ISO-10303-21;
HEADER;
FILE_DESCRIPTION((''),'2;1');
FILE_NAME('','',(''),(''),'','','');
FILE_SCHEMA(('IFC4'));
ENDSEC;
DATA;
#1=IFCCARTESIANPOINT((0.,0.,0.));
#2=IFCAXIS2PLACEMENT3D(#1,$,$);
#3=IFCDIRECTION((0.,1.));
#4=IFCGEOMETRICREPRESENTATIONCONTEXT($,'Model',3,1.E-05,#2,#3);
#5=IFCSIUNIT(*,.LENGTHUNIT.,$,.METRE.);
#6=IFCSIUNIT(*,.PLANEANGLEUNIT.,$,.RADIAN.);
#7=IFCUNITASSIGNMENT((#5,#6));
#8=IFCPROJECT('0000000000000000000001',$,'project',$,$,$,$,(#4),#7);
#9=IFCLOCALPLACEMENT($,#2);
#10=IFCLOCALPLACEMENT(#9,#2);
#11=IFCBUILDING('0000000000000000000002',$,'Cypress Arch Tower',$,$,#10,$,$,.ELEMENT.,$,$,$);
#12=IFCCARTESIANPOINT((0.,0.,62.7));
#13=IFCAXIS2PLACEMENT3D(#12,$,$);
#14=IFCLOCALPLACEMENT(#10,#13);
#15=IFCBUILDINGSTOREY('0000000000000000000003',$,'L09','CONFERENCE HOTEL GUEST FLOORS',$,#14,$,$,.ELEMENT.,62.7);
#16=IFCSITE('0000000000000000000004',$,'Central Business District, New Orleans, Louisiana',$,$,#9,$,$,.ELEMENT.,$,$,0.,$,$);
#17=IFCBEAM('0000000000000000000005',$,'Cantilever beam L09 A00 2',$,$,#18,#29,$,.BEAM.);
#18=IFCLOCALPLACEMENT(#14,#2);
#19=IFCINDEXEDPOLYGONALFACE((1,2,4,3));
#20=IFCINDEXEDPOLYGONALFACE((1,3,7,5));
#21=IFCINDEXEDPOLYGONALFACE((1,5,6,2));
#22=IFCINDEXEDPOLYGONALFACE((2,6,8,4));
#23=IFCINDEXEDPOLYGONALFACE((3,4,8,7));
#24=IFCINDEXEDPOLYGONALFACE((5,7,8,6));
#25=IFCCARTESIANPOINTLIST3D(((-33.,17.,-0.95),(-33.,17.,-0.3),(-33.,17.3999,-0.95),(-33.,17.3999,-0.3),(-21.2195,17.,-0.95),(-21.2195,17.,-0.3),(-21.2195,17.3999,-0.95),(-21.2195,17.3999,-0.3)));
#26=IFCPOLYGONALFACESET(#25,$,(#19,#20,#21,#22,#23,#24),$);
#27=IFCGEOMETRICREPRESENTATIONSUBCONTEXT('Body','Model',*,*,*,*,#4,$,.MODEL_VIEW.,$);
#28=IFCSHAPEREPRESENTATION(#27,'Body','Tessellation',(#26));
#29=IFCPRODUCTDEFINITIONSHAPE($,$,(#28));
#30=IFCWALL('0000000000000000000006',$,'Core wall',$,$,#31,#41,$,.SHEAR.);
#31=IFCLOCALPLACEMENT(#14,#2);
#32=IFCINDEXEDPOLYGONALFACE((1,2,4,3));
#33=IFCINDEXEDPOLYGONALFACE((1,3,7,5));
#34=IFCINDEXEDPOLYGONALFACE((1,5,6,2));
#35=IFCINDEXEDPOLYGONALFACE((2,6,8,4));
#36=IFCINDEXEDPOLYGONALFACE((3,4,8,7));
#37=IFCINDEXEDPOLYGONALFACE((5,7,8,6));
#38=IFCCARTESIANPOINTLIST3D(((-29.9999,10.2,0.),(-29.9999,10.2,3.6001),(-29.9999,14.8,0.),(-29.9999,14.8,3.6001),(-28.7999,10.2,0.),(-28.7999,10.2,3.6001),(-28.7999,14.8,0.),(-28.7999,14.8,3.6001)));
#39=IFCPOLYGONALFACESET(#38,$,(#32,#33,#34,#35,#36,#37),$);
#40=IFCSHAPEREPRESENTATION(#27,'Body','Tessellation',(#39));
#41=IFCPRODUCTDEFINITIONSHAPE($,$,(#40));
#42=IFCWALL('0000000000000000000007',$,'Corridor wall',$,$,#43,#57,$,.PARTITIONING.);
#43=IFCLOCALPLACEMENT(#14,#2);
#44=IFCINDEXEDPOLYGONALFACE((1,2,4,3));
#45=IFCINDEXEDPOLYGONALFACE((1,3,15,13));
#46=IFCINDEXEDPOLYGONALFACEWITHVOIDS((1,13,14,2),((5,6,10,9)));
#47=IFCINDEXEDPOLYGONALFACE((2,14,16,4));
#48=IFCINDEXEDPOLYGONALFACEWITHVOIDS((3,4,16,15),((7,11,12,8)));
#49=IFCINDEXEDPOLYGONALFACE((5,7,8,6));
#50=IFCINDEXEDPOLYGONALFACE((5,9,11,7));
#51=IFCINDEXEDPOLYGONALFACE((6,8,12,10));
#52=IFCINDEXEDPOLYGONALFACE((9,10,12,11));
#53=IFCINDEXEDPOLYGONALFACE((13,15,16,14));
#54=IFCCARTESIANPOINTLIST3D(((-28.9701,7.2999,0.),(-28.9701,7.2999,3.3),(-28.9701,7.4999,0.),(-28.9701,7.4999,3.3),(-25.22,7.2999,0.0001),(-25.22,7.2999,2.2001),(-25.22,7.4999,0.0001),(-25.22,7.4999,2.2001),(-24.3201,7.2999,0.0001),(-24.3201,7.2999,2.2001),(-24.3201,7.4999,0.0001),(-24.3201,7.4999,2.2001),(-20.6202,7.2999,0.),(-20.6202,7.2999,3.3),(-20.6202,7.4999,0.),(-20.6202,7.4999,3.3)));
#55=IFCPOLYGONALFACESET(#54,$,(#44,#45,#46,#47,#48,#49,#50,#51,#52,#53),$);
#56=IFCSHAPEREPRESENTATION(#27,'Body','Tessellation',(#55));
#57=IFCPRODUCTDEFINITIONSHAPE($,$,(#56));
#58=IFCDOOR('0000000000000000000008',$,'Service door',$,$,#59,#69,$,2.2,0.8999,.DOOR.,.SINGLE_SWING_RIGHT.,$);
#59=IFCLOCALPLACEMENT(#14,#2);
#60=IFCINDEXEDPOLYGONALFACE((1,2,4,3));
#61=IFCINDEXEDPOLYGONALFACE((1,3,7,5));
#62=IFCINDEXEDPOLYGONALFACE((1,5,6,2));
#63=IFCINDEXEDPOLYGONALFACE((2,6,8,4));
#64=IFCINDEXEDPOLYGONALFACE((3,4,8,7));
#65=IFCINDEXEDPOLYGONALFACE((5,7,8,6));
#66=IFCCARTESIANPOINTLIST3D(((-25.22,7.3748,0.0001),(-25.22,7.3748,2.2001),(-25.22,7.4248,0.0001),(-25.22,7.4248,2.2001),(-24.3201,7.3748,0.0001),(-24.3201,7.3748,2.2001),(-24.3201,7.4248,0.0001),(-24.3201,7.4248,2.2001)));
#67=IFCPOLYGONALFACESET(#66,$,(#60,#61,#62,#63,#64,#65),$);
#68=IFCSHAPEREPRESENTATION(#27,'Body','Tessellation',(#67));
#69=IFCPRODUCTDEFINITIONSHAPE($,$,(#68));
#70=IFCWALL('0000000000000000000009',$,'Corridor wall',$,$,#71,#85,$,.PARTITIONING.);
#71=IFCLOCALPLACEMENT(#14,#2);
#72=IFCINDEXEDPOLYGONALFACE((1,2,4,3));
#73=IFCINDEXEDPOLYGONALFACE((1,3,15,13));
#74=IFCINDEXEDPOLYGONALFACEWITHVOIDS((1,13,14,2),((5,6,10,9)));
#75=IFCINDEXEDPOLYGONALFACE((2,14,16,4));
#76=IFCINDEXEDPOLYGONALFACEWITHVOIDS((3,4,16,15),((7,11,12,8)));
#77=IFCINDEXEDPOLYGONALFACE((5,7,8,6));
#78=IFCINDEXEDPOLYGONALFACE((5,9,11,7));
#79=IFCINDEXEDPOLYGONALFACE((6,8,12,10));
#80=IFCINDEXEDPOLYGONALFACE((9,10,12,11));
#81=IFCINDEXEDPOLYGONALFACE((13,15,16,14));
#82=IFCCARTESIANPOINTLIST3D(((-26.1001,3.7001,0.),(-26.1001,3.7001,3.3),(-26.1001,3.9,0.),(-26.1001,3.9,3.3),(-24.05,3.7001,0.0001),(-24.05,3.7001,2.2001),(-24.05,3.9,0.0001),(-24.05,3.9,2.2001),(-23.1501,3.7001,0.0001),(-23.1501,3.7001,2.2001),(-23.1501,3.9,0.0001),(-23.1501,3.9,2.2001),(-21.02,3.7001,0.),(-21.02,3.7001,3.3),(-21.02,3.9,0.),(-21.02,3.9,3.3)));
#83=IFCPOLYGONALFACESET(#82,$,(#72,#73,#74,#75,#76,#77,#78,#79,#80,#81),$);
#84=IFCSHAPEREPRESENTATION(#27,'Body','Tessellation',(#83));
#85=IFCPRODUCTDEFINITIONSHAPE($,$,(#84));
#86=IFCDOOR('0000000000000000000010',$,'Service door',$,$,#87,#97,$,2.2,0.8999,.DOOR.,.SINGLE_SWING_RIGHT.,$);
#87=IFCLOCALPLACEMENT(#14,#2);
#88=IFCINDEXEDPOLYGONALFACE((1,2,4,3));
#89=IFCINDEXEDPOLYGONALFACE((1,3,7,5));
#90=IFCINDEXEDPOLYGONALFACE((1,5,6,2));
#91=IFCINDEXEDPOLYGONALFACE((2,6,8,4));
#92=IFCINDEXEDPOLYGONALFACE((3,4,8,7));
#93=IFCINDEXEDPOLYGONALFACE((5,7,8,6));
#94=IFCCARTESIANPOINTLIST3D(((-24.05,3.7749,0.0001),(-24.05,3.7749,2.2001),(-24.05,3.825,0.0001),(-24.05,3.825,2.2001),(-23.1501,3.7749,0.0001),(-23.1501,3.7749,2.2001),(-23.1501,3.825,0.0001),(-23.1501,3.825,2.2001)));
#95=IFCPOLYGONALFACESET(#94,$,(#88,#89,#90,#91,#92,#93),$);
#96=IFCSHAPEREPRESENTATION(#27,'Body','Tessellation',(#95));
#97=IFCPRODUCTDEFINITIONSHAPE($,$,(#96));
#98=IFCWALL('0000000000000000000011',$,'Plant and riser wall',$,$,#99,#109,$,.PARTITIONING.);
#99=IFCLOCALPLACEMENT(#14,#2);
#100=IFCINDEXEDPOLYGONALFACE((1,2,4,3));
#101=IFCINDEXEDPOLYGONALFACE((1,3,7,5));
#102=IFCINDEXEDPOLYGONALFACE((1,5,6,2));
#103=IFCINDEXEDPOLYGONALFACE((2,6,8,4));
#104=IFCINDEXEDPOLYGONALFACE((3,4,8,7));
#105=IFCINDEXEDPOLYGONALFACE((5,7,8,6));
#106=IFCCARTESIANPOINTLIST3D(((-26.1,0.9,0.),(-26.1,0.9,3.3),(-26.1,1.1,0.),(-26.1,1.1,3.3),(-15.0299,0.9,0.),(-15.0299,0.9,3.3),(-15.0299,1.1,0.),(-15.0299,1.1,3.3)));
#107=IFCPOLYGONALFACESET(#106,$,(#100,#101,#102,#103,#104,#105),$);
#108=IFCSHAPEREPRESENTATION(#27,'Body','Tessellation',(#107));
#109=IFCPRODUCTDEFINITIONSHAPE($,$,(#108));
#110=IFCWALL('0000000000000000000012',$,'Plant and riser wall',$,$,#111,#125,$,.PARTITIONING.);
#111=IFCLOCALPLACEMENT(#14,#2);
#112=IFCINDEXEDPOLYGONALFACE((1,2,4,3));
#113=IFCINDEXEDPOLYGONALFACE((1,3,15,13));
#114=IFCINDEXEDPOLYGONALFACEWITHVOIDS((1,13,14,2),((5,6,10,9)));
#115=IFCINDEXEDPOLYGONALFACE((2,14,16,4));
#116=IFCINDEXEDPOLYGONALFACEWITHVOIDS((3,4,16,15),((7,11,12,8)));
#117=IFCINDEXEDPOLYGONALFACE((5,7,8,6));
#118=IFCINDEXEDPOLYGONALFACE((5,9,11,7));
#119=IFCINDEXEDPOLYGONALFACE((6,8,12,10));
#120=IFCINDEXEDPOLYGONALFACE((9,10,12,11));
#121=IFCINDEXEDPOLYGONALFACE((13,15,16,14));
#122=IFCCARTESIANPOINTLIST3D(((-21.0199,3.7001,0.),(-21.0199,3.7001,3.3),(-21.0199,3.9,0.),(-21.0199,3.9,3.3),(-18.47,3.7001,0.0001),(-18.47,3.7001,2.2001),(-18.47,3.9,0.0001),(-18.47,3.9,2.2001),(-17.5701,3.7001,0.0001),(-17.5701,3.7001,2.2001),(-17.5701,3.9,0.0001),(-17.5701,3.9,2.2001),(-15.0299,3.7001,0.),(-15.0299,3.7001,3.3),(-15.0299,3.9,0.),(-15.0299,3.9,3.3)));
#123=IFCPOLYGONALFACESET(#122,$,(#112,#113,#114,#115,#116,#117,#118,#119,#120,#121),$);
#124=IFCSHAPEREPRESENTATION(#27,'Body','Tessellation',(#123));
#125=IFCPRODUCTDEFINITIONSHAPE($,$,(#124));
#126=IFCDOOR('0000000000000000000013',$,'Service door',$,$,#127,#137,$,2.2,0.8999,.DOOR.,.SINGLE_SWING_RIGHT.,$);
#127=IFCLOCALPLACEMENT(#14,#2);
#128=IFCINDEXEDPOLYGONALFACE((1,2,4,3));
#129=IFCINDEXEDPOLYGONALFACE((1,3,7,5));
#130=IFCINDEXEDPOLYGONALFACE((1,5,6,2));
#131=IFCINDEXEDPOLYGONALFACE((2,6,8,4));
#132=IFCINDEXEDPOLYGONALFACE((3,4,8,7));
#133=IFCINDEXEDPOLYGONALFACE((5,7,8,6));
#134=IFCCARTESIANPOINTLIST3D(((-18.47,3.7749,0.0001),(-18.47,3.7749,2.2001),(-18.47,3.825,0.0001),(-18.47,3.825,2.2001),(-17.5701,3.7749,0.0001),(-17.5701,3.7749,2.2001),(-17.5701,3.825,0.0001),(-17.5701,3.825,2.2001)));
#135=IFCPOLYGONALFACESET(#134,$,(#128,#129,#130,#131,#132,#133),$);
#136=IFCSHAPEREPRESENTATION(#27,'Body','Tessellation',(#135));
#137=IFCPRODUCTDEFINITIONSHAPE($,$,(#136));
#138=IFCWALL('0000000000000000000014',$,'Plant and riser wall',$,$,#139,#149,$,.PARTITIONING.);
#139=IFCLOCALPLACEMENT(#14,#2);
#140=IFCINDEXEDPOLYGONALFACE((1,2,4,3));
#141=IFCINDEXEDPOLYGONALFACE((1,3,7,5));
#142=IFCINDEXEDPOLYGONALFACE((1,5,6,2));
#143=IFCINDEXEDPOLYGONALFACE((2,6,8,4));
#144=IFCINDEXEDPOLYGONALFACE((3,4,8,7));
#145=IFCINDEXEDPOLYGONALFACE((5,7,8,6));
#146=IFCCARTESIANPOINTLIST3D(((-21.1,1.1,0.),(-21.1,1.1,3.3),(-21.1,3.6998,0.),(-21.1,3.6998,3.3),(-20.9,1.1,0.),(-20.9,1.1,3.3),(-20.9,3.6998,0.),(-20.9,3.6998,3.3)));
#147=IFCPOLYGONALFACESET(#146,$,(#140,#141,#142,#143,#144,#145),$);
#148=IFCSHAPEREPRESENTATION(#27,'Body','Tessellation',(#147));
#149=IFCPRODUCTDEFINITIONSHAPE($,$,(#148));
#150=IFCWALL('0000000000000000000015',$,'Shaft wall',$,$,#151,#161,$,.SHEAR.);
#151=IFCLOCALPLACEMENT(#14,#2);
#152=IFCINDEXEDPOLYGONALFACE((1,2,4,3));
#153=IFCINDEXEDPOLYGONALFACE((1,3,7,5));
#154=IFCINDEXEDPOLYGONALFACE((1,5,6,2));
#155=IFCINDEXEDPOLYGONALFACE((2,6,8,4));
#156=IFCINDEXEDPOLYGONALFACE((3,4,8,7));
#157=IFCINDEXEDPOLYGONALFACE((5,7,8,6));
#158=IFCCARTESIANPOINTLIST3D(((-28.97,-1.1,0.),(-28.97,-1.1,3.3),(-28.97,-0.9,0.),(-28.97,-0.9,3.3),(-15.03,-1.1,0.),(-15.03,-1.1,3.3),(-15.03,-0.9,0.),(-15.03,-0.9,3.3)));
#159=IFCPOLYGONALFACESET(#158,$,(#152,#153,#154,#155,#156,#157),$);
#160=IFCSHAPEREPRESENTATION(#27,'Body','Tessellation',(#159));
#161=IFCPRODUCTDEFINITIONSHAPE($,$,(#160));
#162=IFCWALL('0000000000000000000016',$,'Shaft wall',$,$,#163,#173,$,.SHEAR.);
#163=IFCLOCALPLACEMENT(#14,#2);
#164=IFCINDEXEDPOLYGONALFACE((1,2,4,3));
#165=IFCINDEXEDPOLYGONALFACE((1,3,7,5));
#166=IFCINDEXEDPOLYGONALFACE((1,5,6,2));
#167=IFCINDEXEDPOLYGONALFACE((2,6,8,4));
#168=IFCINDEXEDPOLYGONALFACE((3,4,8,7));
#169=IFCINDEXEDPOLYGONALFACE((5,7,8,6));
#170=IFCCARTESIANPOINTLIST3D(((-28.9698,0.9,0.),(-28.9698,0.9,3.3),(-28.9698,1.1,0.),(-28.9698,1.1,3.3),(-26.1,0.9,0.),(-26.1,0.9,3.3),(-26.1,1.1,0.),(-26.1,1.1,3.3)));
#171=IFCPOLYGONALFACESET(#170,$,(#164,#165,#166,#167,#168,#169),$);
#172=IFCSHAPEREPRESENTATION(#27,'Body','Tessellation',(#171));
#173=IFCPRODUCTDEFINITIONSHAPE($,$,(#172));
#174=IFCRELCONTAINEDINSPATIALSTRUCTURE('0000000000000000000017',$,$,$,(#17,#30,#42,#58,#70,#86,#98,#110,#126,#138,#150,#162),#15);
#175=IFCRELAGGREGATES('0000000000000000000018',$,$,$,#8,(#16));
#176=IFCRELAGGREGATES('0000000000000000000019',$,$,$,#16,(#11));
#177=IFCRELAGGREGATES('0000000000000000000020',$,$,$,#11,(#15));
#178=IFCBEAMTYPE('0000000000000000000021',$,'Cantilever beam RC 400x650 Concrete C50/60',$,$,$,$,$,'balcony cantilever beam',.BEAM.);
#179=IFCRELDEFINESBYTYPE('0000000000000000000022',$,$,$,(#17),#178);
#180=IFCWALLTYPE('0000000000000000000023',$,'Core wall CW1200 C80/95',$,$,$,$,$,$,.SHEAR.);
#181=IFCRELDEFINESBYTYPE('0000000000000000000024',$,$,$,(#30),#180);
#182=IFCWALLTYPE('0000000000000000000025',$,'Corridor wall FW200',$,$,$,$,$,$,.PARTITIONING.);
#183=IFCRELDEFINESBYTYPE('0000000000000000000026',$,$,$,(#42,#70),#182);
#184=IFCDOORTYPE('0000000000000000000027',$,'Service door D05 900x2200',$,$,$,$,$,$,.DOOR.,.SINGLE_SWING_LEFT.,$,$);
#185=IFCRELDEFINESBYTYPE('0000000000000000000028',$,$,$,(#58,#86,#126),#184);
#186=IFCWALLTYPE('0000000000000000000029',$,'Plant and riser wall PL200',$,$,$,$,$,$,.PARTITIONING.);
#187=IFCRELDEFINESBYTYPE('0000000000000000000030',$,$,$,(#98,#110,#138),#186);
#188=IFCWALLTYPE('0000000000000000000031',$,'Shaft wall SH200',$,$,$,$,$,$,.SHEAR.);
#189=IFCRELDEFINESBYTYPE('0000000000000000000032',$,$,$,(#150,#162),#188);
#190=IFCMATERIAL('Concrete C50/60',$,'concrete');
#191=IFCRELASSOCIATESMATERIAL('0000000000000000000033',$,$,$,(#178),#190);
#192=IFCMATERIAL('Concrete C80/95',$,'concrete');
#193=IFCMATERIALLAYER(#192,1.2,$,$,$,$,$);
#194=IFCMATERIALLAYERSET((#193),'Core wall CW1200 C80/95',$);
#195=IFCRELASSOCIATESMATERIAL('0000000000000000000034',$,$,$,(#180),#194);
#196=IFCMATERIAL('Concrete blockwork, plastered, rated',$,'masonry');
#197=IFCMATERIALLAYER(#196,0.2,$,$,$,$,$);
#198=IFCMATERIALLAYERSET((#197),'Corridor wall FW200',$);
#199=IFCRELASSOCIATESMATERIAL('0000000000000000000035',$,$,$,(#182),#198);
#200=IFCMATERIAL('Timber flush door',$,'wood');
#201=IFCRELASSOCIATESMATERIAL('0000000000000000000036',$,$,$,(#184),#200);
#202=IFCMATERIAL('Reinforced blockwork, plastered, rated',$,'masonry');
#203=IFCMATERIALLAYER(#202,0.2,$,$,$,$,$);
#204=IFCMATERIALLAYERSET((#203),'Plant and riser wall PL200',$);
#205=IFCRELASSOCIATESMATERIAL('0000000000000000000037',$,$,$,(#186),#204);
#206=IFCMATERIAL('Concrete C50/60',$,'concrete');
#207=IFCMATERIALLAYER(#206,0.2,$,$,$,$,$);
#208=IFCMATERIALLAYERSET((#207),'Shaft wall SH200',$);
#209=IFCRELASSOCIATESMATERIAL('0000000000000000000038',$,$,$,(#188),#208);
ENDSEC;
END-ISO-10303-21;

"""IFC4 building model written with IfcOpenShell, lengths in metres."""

from ifc_helpers import new_model, si_unit, direction, frame, frame_2d, origin, origin_2d, place, context, subcontext, project, spatial, rectangle, extrude, material, layer, layer_set, material_profile, profile_set, type_object, element, fill, save


model = new_model("IFC4")

# Units and contexts
model_context = context("Model", 3, precision=1e-05, world=origin(), true_north=direction((0.0, 1.0)))
body_context = subcontext(model_context, "Body", "Model", "MODEL_VIEW")
ifc_project = project(units=[si_unit("LENGTHUNIT", "METRE"), si_unit("PLANEANGLEUNIT", "RADIAN")], contexts=[model_context])

# Site, building, storey
site_placement = place(None, origin())
site = spatial("IfcSite", under=ifc_project, at=site_placement, Name="Central Business District, New Orleans, Louisiana", CompositionType="ELEMENT", RefElevation=0.0)
building_placement = place(site_placement, origin())
building = spatial("IfcBuilding", under=site, at=building_placement, Name="Cypress Arch Tower", CompositionType="ELEMENT")
storey_placement = place(building_placement, frame((0.0, 0.0, 62.7)))
storey = spatial("IfcBuildingStorey", under=building, at=storey_placement, Name="L09", Description="CONFERENCE HOTEL GUEST FLOORS", CompositionType="ELEMENT", Elevation=62.7)

# Beam
ifc_material_1 = material(Name="Concrete C50/60", Category="concrete")
ifc_material_profile = material_profile(ifc_material_1, rectangle(XDim=0.3999, YDim=0.6499, at=origin_2d()), Name="RC 400x650")
ifc_profile_set = profile_set([ifc_material_profile], Name="Concrete C50/60")
beam_type = type_object("IfcBeamType", Name="Cantilever beam RC 400x650 Concrete C50/60", ElementType="balcony cantilever beam", PredefinedType="BEAM", material=ifc_profile_set)
beam_placement = place(storey_placement, frame((-21.2195, 17.2, -0.625), z_axis=(-1.0, 0.0, 0.0), x_axis=(0.0, -1.0, 0.0)))
element("IfcBeam", 1, at=beam_placement, inside=storey, type_object=beam_type, Name="Cantilever beam L09 A00 2", PredefinedType="BEAM", context=body_context, shape_type="SweptSolid", body=[
    extrude(rectangle(XDim=0.3999, YDim=0.6499, at=origin_2d()), origin(), (0.0, 0.0, 1.0), 11.7805),
])

# Shared definitions
ifc_material_2 = material(Name="Concrete C80/95", Category="concrete")
ifc_layer_1 = layer(ifc_material_2, 1.2)
ifc_layer_set_1 = layer_set([ifc_layer_1], Name="Core wall CW1200 C80/95")
wall_type_1 = type_object("IfcWallType", Name="Core wall CW1200 C80/95", PredefinedType="SHEAR", material=ifc_layer_set_1)

# Wall
wall_1_placement = place(storey_placement, frame((-29.3999, 10.2, 0.0), z_axis=(0.0, 0.0, 1.0), x_axis=(0.0, 1.0, 0.0)))
element("IfcWall", 2, at=wall_1_placement, inside=storey, type_object=wall_type_1, Name="Core wall", PredefinedType="SHEAR", context=body_context, shape_type="SweptSolid", body=[
    extrude(rectangle(XDim=4.6001, YDim=1.2, at=frame_2d((2.3, 0.0))), origin(), (0.0, 0.0, 1.0), 3.6001),
])

# Walls, openings, doors
ifc_material_3 = material(Name="Concrete blockwork, plastered, rated", Category="masonry")
ifc_layer_2 = layer(ifc_material_3, 0.2)
ifc_layer_set_2 = layer_set([ifc_layer_2], Name="Corridor wall FW200")
wall_type_2 = type_object("IfcWallType", Name="Corridor wall FW200", PredefinedType="PARTITIONING", material=ifc_layer_set_2)
wall_2_placement = place(storey_placement, frame((-28.97, 7.3999, 0.0), z_axis=(0.0, 0.0, 1.0), x_axis=(1.0, 0.0, 0.0)))
wall_2 = element("IfcWall", 3, at=wall_2_placement, inside=storey, type_object=wall_type_2, Name="Corridor wall", PredefinedType="PARTITIONING", context=body_context, shape_type="SweptSolid", body=[
    extrude(rectangle(XDim=8.3499, YDim=0.2, at=frame_2d((4.1748, 0.0))), origin(), (0.0, 0.0, 1.0), 3.3),
])
opening_1_placement = place(wall_2_placement, frame((3.75, 0.0, 0.0)))
opening_1 = element("IfcOpeningElement", 4, at=opening_1_placement, cuts=wall_2, PredefinedType="OPENING", context=body_context, shape_type="SweptSolid", body=[
    extrude(rectangle(XDim=0.8999, YDim=2.2, at=frame_2d((0.45, 1.1001))), frame((0.0, 0.1099, 0.0), z_axis=(0.0, -1.0, 0.0), x_axis=(1.0, 0.0, 0.0)), (0.0, 0.0, 1.0), 0.22),
])
ifc_material_4 = material(Name="Timber flush door", Category="wood")
door_type_1 = type_object("IfcDoorType", Name="Service door D05 900x2200", OperationType="SINGLE_SWING_LEFT", PredefinedType="DOOR", material=ifc_material_4)
door_1_placement = place(opening_1_placement, origin())
door_1 = element("IfcDoor", 5, at=door_1_placement, inside=storey, type_object=door_type_1, Name="Service door", OperationType="SINGLE_SWING_RIGHT", OverallHeight=2.2, OverallWidth=0.8999, PredefinedType="DOOR", context=body_context, shape_type="SweptSolid", body=[
    extrude(rectangle(XDim=0.8999, YDim=2.2, at=frame_2d((0.45, 1.1001))), frame((0.0, 0.0249, 0.0), z_axis=(0.0, -1.0, 0.0), x_axis=(1.0, 0.0, 0.0)), (0.0, 0.0, 1.0), 0.05),
])
fill(opening_1, door_1)
wall_3_placement = place(storey_placement, frame((-26.1001, 3.8, 0.0), z_axis=(0.0, 0.0, 1.0), x_axis=(1.0, 0.0, 0.0)))
wall_3 = element("IfcWall", 6, at=wall_3_placement, inside=storey, type_object=wall_type_2, Name="Corridor wall", PredefinedType="PARTITIONING", context=body_context, shape_type="SweptSolid", body=[
    extrude(rectangle(XDim=5.0801, YDim=0.2, at=frame_2d((2.54, 0.0))), origin(), (0.0, 0.0, 1.0), 3.3),
])
opening_2_placement = place(wall_3_placement, frame((2.05, 0.0, 0.0)))
opening_2 = element("IfcOpeningElement", 7, at=opening_2_placement, cuts=wall_3, PredefinedType="OPENING", context=body_context, shape_type="SweptSolid", body=[
    extrude(rectangle(XDim=0.8999, YDim=2.2, at=frame_2d((0.45, 1.1001))), frame((0.0, 0.1099, 0.0), z_axis=(0.0, -1.0, 0.0), x_axis=(1.0, 0.0, 0.0)), (0.0, 0.0, 1.0), 0.22),
])
door_2_placement = place(opening_2_placement, origin())
door_2 = element("IfcDoor", 8, at=door_2_placement, inside=storey, type_object=door_type_1, Name="Service door", OperationType="SINGLE_SWING_RIGHT", OverallHeight=2.2, OverallWidth=0.8999, PredefinedType="DOOR", context=body_context, shape_type="SweptSolid", body=[
    extrude(rectangle(XDim=0.8999, YDim=2.2, at=frame_2d((0.45, 1.1001))), frame((0.0, 0.0249, 0.0), z_axis=(0.0, -1.0, 0.0), x_axis=(1.0, 0.0, 0.0)), (0.0, 0.0, 1.0), 0.05),
])
fill(opening_2, door_2)

# Wall
ifc_material_5 = material(Name="Reinforced blockwork, plastered, rated", Category="masonry")
ifc_layer_3 = layer(ifc_material_5, 0.2)
ifc_layer_set_3 = layer_set([ifc_layer_3], Name="Plant and riser wall PL200")
wall_type_3 = type_object("IfcWallType", Name="Plant and riser wall PL200", PredefinedType="PARTITIONING", material=ifc_layer_set_3)
wall_4_placement = place(storey_placement, frame((-26.1001, 1.0, 0.0), z_axis=(0.0, 0.0, 1.0), x_axis=(1.0, 0.0, 0.0)))
element("IfcWall", 9, at=wall_4_placement, inside=storey, type_object=wall_type_3, Name="Plant and riser wall", PredefinedType="PARTITIONING", context=body_context, shape_type="SweptSolid", body=[
    extrude(rectangle(XDim=11.0701, YDim=0.2, at=frame_2d((5.5352, 0.0))), origin(), (0.0, 0.0, 1.0), 3.3),
])

# Wall, opening, door
wall_5_placement = place(storey_placement, frame((-21.02, 3.8, 0.0), z_axis=(0.0, 0.0, 1.0), x_axis=(1.0, 0.0, 0.0)))
wall_5 = element("IfcWall", 10, at=wall_5_placement, inside=storey, type_object=wall_type_3, Name="Plant and riser wall", PredefinedType="PARTITIONING", context=body_context, shape_type="SweptSolid", body=[
    extrude(rectangle(XDim=5.99, YDim=0.2, at=frame_2d((2.9951, 0.0))), origin(), (0.0, 0.0, 1.0), 3.3),
])
opening_3_placement = place(wall_5_placement, frame((2.55, 0.0, 0.0)))
opening_3 = element("IfcOpeningElement", 11, at=opening_3_placement, cuts=wall_5, PredefinedType="OPENING", context=body_context, shape_type="SweptSolid", body=[
    extrude(rectangle(XDim=0.8999, YDim=2.2, at=frame_2d((0.45, 1.1001))), frame((0.0, 0.1099, 0.0), z_axis=(0.0, -1.0, 0.0), x_axis=(1.0, 0.0, 0.0)), (0.0, 0.0, 1.0), 0.22),
])
door_3_placement = place(opening_3_placement, origin())
door_3 = element("IfcDoor", 12, at=door_3_placement, inside=storey, type_object=door_type_1, Name="Service door", OperationType="SINGLE_SWING_RIGHT", OverallHeight=2.2, OverallWidth=0.8999, PredefinedType="DOOR", context=body_context, shape_type="SweptSolid", body=[
    extrude(rectangle(XDim=0.8999, YDim=2.2, at=frame_2d((0.45, 1.1001))), frame((0.0, 0.0249, 0.0), z_axis=(0.0, -1.0, 0.0), x_axis=(1.0, 0.0, 0.0)), (0.0, 0.0, 1.0), 0.05),
])
fill(opening_3, door_3)

# Walls
wall_6_placement = place(storey_placement, frame((-21.0, 1.1001, 0.0), z_axis=(0.0, 0.0, 1.0), x_axis=(0.0, 1.0, 0.0)))
element("IfcWall", 13, at=wall_6_placement, inside=storey, type_object=wall_type_3, Name="Plant and riser wall", PredefinedType="PARTITIONING", context=body_context, shape_type="SweptSolid", body=[
    extrude(rectangle(XDim=2.5999, YDim=0.2, at=frame_2d((1.2998, 0.0))), origin(), (0.0, 0.0, 1.0), 3.3),
])
ifc_material_6 = material(Name="Concrete C50/60", Category="concrete")
ifc_layer_4 = layer(ifc_material_6, 0.2)
ifc_layer_set_4 = layer_set([ifc_layer_4], Name="Shaft wall SH200")
wall_type_4 = type_object("IfcWallType", Name="Shaft wall SH200", PredefinedType="SHEAR", material=ifc_layer_set_4)
wall_7_placement = place(storey_placement, frame((-28.97, -1.0, 0.0), z_axis=(0.0, 0.0, 1.0), x_axis=(1.0, 0.0, 0.0)))
element("IfcWall", 14, at=wall_7_placement, inside=storey, type_object=wall_type_4, Name="Shaft wall", PredefinedType="SHEAR", context=body_context, shape_type="SweptSolid", body=[
    extrude(rectangle(XDim=13.9399, YDim=0.2, at=frame_2d((6.97, 0.0))), origin(), (0.0, 0.0, 1.0), 3.3),
])
for number, where, z_axis, x_axis, name in (
    (15, (-28.97, 1.0, 0.0), (0.0, 0.0, 1.0), (1.0, 0.0, 0.0), "Shaft wall"),
):
    element("IfcWall", number, at=place(storey_placement, frame(where, z_axis=z_axis, x_axis=x_axis)), inside=storey, type_object=wall_type_4, Name=name, PredefinedType="SHEAR", context=body_context, shape_type="SweptSolid", body=[
        extrude(rectangle(XDim=2.8699, YDim=0.2, at=frame_2d((1.4351, 0.0))), origin(), (0.0, 0.0, 1.0), 3.3),
    ])

save(model, "model.ifc")
